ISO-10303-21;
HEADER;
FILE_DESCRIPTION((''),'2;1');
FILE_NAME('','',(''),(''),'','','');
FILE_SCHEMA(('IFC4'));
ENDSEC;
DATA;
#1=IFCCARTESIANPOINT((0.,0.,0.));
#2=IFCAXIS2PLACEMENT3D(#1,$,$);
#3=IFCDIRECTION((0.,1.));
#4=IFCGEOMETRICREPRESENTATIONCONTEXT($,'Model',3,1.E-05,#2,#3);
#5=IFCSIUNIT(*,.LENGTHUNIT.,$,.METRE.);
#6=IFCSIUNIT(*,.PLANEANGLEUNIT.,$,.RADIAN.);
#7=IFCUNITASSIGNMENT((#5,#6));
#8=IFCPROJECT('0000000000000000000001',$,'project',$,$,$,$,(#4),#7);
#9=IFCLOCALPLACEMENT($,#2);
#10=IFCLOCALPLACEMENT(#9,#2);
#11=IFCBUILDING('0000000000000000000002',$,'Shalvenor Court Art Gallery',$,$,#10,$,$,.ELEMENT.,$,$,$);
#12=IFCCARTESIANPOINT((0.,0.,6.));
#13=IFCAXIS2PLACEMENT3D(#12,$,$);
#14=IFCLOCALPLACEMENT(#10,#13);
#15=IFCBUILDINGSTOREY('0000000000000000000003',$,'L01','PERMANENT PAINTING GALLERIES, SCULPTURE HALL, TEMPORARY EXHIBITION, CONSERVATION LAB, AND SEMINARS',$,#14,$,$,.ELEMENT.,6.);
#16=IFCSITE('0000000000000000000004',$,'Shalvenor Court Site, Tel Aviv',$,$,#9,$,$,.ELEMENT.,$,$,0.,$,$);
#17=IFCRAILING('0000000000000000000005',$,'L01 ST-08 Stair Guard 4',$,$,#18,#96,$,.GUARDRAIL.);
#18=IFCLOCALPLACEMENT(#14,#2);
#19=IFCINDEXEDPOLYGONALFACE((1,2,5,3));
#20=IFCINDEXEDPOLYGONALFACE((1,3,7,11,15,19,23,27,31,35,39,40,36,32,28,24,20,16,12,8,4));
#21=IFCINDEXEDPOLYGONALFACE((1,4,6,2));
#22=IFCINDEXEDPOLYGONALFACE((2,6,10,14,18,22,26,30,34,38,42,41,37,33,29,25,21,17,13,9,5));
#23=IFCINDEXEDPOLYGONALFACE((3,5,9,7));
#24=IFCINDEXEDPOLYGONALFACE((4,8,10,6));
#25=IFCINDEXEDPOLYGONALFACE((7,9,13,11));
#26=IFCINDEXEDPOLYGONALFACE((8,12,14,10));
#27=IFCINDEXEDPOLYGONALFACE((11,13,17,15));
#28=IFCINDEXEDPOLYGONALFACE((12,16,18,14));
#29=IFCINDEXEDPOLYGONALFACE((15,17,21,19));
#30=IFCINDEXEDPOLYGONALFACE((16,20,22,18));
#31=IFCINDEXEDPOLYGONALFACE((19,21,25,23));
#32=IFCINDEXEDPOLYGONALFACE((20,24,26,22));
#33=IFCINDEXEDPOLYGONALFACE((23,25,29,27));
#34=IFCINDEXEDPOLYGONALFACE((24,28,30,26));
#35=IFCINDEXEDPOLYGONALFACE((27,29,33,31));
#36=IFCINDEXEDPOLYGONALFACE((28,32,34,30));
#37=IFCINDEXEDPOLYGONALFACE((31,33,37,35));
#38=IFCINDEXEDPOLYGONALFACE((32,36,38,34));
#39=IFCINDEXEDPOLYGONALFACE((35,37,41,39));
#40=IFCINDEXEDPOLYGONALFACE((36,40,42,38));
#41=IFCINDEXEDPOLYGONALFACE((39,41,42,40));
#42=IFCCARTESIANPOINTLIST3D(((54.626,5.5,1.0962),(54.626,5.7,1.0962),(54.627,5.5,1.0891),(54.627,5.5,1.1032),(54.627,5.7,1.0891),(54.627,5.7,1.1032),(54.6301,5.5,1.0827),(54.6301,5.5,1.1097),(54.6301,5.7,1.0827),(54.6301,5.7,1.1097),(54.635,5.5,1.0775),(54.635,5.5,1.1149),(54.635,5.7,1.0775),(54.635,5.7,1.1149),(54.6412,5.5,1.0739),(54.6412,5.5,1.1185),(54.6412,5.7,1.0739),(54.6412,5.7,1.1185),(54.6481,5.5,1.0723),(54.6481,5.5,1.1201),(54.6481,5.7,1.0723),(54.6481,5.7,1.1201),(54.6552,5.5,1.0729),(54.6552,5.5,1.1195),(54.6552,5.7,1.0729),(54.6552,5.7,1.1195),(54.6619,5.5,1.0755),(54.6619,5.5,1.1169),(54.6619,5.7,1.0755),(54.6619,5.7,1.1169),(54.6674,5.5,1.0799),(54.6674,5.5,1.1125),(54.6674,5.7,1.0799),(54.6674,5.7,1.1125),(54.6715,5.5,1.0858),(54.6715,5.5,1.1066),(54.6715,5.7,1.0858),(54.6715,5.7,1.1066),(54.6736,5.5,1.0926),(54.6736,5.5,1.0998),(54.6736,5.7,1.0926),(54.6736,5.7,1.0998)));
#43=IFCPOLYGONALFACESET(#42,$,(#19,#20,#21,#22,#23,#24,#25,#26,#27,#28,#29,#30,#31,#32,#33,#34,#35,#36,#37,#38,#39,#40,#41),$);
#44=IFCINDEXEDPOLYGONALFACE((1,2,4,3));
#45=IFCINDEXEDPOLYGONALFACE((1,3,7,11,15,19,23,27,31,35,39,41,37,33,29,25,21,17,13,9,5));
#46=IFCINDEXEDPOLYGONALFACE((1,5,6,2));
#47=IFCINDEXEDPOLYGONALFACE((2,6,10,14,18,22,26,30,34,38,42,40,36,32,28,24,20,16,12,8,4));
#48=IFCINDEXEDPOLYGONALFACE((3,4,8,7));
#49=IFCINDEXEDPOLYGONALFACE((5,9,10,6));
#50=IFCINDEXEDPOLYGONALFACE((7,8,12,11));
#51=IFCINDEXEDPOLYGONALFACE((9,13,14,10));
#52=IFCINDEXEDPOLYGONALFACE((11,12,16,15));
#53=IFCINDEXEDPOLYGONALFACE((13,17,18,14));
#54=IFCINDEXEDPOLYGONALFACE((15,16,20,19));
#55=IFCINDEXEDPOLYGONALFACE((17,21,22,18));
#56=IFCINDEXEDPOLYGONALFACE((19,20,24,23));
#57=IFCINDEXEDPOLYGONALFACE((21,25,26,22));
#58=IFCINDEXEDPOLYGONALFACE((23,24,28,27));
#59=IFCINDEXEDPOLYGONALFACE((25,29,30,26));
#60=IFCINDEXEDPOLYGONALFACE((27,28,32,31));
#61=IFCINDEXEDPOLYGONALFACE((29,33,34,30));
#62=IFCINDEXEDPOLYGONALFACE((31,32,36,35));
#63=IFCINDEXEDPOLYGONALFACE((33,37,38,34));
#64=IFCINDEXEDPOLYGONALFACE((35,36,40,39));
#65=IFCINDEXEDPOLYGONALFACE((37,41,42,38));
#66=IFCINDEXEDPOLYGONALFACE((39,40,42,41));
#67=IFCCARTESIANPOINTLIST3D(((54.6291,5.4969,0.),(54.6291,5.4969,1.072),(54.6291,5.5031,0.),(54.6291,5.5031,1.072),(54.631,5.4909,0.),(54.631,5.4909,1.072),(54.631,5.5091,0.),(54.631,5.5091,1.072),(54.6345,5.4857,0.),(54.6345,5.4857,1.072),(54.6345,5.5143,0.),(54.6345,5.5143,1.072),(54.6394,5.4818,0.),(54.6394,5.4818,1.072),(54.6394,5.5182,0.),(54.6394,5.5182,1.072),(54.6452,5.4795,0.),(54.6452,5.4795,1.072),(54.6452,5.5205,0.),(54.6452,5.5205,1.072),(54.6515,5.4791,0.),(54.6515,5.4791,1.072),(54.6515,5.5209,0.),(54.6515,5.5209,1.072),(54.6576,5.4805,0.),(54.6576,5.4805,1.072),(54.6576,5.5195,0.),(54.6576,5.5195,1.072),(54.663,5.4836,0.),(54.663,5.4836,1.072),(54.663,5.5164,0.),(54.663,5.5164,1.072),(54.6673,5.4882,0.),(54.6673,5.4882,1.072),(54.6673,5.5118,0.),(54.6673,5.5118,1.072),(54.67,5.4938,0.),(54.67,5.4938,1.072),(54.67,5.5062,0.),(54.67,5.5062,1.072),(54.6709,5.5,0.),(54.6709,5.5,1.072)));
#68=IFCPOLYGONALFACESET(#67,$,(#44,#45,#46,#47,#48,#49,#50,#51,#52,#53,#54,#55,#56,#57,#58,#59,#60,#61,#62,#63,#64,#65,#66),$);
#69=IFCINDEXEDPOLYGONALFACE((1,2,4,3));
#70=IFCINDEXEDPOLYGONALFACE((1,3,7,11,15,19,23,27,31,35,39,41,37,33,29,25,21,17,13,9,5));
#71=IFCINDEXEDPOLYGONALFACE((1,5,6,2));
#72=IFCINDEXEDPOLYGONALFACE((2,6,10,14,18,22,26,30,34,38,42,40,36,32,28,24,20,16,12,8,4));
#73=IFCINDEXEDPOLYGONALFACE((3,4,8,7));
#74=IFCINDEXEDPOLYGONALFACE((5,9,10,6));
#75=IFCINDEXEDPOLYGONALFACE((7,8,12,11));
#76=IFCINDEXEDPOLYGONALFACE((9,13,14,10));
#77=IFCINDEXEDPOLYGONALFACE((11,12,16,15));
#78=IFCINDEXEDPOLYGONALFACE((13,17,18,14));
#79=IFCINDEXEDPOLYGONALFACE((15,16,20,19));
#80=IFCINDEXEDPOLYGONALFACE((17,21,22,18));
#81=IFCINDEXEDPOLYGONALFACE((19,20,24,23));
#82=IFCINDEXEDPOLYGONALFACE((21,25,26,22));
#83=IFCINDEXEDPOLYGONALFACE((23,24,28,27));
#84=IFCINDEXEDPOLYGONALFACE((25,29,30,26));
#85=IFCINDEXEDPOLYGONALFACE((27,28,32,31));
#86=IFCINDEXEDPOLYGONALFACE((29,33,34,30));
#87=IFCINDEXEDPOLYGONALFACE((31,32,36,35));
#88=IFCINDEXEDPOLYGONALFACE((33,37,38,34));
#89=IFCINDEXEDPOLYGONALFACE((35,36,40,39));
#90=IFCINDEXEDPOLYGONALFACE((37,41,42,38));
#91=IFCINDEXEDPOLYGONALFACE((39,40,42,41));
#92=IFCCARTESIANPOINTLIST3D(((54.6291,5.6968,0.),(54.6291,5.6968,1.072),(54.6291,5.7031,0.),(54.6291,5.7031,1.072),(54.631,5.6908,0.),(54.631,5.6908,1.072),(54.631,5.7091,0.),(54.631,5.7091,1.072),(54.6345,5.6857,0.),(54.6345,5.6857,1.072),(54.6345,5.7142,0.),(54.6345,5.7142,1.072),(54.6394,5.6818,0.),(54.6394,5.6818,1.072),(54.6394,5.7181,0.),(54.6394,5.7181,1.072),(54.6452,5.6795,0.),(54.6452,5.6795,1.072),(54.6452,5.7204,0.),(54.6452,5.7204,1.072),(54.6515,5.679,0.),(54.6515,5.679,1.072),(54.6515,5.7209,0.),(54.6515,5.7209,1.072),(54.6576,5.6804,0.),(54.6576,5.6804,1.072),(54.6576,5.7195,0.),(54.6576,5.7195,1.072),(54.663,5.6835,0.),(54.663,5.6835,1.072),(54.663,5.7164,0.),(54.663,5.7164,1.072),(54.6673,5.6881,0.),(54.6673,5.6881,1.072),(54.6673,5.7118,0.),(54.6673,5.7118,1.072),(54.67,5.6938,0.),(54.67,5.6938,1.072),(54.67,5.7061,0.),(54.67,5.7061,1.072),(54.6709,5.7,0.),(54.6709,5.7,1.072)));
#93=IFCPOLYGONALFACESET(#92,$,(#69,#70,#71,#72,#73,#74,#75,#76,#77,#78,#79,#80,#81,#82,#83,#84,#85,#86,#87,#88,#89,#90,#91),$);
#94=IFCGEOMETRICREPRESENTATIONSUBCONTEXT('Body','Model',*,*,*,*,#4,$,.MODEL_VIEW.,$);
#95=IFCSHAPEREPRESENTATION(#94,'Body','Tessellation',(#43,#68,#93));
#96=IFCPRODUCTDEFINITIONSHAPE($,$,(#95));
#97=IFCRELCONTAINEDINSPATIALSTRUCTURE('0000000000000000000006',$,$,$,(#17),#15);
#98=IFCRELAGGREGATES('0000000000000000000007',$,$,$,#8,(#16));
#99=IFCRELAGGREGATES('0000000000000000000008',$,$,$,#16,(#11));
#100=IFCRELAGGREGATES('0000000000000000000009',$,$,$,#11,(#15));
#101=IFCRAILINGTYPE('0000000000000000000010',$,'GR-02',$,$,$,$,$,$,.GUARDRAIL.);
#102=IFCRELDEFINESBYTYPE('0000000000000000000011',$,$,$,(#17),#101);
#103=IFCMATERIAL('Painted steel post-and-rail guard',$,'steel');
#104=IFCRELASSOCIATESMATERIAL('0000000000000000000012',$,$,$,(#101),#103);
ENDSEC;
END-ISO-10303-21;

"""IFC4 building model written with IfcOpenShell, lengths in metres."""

from ifc_helpers import new_model, si_unit, direction, frame, origin, origin_2d, place, context, subcontext, project, spatial, circle, extrude, material, type_object, element, save


model = new_model("IFC4")

# Units and contexts
model_context = context("Model", 3, precision=1e-05, world=origin(), true_north=direction((0.0, 1.0)))
body_context = subcontext(model_context, "Body", "Model", "MODEL_VIEW")
ifc_project = project(units=[si_unit("LENGTHUNIT", "METRE"), si_unit("PLANEANGLEUNIT", "RADIAN")], contexts=[model_context])

# Site, building, storey
site_placement = place(None, origin())
site = spatial("IfcSite", under=ifc_project, at=site_placement, Name="Shalvenor Court Site, Tel Aviv", CompositionType="ELEMENT", RefElevation=0.0)
building_placement = place(site_placement, origin())
building = spatial("IfcBuilding", under=site, at=building_placement, Name="Shalvenor Court Art Gallery", CompositionType="ELEMENT")
storey_placement = place(building_placement, frame((0.0, 0.0, 6.0)))
storey = spatial("IfcBuildingStorey", under=building, at=storey_placement, Name="L01", Description="PERMANENT PAINTING GALLERIES, SCULPTURE HALL, TEMPORARY EXHIBITION, CONSERVATION LAB, AND SEMINARS", CompositionType="ELEMENT", Elevation=6.0)

# Railing
ifc_material_1 = material(Name="Painted steel post-and-rail guard", Category="steel")
railing_type_1 = type_object("IfcRailingType", Name="GR-02", PredefinedType="GUARDRAIL", material=ifc_material_1)
railing_1_placement = place(storey_placement, frame((54.6499, 5.5, 0.0)))
element("IfcRailing", 1, at=railing_1_placement, inside=storey, type_object=railing_type_1, Name="L01 ST-08 Stair Guard 4", PredefinedType="GUARDRAIL", context=body_context, shape_type="SweptSolid", body=[
    extrude(circle(Radius=0.0239, at=origin_2d()), frame((0.0, 0.0, 1.0962), z_axis=(0.0, 1.0, 0.0), x_axis=(-1.0, 0.0, 0.0)), (0.0, 0.0, 1.0), 0.2),
    extrude(circle(Radius=0.021, at=origin_2d()), origin(), (0.0, 0.0, 1.0), 1.072),
    extrude(circle(Radius=0.021, at=origin_2d()), frame((0.0, 0.2, 0.0)), (0.0, 0.0, 1.0), 1.072),
])

save(model, "model.ifc")
